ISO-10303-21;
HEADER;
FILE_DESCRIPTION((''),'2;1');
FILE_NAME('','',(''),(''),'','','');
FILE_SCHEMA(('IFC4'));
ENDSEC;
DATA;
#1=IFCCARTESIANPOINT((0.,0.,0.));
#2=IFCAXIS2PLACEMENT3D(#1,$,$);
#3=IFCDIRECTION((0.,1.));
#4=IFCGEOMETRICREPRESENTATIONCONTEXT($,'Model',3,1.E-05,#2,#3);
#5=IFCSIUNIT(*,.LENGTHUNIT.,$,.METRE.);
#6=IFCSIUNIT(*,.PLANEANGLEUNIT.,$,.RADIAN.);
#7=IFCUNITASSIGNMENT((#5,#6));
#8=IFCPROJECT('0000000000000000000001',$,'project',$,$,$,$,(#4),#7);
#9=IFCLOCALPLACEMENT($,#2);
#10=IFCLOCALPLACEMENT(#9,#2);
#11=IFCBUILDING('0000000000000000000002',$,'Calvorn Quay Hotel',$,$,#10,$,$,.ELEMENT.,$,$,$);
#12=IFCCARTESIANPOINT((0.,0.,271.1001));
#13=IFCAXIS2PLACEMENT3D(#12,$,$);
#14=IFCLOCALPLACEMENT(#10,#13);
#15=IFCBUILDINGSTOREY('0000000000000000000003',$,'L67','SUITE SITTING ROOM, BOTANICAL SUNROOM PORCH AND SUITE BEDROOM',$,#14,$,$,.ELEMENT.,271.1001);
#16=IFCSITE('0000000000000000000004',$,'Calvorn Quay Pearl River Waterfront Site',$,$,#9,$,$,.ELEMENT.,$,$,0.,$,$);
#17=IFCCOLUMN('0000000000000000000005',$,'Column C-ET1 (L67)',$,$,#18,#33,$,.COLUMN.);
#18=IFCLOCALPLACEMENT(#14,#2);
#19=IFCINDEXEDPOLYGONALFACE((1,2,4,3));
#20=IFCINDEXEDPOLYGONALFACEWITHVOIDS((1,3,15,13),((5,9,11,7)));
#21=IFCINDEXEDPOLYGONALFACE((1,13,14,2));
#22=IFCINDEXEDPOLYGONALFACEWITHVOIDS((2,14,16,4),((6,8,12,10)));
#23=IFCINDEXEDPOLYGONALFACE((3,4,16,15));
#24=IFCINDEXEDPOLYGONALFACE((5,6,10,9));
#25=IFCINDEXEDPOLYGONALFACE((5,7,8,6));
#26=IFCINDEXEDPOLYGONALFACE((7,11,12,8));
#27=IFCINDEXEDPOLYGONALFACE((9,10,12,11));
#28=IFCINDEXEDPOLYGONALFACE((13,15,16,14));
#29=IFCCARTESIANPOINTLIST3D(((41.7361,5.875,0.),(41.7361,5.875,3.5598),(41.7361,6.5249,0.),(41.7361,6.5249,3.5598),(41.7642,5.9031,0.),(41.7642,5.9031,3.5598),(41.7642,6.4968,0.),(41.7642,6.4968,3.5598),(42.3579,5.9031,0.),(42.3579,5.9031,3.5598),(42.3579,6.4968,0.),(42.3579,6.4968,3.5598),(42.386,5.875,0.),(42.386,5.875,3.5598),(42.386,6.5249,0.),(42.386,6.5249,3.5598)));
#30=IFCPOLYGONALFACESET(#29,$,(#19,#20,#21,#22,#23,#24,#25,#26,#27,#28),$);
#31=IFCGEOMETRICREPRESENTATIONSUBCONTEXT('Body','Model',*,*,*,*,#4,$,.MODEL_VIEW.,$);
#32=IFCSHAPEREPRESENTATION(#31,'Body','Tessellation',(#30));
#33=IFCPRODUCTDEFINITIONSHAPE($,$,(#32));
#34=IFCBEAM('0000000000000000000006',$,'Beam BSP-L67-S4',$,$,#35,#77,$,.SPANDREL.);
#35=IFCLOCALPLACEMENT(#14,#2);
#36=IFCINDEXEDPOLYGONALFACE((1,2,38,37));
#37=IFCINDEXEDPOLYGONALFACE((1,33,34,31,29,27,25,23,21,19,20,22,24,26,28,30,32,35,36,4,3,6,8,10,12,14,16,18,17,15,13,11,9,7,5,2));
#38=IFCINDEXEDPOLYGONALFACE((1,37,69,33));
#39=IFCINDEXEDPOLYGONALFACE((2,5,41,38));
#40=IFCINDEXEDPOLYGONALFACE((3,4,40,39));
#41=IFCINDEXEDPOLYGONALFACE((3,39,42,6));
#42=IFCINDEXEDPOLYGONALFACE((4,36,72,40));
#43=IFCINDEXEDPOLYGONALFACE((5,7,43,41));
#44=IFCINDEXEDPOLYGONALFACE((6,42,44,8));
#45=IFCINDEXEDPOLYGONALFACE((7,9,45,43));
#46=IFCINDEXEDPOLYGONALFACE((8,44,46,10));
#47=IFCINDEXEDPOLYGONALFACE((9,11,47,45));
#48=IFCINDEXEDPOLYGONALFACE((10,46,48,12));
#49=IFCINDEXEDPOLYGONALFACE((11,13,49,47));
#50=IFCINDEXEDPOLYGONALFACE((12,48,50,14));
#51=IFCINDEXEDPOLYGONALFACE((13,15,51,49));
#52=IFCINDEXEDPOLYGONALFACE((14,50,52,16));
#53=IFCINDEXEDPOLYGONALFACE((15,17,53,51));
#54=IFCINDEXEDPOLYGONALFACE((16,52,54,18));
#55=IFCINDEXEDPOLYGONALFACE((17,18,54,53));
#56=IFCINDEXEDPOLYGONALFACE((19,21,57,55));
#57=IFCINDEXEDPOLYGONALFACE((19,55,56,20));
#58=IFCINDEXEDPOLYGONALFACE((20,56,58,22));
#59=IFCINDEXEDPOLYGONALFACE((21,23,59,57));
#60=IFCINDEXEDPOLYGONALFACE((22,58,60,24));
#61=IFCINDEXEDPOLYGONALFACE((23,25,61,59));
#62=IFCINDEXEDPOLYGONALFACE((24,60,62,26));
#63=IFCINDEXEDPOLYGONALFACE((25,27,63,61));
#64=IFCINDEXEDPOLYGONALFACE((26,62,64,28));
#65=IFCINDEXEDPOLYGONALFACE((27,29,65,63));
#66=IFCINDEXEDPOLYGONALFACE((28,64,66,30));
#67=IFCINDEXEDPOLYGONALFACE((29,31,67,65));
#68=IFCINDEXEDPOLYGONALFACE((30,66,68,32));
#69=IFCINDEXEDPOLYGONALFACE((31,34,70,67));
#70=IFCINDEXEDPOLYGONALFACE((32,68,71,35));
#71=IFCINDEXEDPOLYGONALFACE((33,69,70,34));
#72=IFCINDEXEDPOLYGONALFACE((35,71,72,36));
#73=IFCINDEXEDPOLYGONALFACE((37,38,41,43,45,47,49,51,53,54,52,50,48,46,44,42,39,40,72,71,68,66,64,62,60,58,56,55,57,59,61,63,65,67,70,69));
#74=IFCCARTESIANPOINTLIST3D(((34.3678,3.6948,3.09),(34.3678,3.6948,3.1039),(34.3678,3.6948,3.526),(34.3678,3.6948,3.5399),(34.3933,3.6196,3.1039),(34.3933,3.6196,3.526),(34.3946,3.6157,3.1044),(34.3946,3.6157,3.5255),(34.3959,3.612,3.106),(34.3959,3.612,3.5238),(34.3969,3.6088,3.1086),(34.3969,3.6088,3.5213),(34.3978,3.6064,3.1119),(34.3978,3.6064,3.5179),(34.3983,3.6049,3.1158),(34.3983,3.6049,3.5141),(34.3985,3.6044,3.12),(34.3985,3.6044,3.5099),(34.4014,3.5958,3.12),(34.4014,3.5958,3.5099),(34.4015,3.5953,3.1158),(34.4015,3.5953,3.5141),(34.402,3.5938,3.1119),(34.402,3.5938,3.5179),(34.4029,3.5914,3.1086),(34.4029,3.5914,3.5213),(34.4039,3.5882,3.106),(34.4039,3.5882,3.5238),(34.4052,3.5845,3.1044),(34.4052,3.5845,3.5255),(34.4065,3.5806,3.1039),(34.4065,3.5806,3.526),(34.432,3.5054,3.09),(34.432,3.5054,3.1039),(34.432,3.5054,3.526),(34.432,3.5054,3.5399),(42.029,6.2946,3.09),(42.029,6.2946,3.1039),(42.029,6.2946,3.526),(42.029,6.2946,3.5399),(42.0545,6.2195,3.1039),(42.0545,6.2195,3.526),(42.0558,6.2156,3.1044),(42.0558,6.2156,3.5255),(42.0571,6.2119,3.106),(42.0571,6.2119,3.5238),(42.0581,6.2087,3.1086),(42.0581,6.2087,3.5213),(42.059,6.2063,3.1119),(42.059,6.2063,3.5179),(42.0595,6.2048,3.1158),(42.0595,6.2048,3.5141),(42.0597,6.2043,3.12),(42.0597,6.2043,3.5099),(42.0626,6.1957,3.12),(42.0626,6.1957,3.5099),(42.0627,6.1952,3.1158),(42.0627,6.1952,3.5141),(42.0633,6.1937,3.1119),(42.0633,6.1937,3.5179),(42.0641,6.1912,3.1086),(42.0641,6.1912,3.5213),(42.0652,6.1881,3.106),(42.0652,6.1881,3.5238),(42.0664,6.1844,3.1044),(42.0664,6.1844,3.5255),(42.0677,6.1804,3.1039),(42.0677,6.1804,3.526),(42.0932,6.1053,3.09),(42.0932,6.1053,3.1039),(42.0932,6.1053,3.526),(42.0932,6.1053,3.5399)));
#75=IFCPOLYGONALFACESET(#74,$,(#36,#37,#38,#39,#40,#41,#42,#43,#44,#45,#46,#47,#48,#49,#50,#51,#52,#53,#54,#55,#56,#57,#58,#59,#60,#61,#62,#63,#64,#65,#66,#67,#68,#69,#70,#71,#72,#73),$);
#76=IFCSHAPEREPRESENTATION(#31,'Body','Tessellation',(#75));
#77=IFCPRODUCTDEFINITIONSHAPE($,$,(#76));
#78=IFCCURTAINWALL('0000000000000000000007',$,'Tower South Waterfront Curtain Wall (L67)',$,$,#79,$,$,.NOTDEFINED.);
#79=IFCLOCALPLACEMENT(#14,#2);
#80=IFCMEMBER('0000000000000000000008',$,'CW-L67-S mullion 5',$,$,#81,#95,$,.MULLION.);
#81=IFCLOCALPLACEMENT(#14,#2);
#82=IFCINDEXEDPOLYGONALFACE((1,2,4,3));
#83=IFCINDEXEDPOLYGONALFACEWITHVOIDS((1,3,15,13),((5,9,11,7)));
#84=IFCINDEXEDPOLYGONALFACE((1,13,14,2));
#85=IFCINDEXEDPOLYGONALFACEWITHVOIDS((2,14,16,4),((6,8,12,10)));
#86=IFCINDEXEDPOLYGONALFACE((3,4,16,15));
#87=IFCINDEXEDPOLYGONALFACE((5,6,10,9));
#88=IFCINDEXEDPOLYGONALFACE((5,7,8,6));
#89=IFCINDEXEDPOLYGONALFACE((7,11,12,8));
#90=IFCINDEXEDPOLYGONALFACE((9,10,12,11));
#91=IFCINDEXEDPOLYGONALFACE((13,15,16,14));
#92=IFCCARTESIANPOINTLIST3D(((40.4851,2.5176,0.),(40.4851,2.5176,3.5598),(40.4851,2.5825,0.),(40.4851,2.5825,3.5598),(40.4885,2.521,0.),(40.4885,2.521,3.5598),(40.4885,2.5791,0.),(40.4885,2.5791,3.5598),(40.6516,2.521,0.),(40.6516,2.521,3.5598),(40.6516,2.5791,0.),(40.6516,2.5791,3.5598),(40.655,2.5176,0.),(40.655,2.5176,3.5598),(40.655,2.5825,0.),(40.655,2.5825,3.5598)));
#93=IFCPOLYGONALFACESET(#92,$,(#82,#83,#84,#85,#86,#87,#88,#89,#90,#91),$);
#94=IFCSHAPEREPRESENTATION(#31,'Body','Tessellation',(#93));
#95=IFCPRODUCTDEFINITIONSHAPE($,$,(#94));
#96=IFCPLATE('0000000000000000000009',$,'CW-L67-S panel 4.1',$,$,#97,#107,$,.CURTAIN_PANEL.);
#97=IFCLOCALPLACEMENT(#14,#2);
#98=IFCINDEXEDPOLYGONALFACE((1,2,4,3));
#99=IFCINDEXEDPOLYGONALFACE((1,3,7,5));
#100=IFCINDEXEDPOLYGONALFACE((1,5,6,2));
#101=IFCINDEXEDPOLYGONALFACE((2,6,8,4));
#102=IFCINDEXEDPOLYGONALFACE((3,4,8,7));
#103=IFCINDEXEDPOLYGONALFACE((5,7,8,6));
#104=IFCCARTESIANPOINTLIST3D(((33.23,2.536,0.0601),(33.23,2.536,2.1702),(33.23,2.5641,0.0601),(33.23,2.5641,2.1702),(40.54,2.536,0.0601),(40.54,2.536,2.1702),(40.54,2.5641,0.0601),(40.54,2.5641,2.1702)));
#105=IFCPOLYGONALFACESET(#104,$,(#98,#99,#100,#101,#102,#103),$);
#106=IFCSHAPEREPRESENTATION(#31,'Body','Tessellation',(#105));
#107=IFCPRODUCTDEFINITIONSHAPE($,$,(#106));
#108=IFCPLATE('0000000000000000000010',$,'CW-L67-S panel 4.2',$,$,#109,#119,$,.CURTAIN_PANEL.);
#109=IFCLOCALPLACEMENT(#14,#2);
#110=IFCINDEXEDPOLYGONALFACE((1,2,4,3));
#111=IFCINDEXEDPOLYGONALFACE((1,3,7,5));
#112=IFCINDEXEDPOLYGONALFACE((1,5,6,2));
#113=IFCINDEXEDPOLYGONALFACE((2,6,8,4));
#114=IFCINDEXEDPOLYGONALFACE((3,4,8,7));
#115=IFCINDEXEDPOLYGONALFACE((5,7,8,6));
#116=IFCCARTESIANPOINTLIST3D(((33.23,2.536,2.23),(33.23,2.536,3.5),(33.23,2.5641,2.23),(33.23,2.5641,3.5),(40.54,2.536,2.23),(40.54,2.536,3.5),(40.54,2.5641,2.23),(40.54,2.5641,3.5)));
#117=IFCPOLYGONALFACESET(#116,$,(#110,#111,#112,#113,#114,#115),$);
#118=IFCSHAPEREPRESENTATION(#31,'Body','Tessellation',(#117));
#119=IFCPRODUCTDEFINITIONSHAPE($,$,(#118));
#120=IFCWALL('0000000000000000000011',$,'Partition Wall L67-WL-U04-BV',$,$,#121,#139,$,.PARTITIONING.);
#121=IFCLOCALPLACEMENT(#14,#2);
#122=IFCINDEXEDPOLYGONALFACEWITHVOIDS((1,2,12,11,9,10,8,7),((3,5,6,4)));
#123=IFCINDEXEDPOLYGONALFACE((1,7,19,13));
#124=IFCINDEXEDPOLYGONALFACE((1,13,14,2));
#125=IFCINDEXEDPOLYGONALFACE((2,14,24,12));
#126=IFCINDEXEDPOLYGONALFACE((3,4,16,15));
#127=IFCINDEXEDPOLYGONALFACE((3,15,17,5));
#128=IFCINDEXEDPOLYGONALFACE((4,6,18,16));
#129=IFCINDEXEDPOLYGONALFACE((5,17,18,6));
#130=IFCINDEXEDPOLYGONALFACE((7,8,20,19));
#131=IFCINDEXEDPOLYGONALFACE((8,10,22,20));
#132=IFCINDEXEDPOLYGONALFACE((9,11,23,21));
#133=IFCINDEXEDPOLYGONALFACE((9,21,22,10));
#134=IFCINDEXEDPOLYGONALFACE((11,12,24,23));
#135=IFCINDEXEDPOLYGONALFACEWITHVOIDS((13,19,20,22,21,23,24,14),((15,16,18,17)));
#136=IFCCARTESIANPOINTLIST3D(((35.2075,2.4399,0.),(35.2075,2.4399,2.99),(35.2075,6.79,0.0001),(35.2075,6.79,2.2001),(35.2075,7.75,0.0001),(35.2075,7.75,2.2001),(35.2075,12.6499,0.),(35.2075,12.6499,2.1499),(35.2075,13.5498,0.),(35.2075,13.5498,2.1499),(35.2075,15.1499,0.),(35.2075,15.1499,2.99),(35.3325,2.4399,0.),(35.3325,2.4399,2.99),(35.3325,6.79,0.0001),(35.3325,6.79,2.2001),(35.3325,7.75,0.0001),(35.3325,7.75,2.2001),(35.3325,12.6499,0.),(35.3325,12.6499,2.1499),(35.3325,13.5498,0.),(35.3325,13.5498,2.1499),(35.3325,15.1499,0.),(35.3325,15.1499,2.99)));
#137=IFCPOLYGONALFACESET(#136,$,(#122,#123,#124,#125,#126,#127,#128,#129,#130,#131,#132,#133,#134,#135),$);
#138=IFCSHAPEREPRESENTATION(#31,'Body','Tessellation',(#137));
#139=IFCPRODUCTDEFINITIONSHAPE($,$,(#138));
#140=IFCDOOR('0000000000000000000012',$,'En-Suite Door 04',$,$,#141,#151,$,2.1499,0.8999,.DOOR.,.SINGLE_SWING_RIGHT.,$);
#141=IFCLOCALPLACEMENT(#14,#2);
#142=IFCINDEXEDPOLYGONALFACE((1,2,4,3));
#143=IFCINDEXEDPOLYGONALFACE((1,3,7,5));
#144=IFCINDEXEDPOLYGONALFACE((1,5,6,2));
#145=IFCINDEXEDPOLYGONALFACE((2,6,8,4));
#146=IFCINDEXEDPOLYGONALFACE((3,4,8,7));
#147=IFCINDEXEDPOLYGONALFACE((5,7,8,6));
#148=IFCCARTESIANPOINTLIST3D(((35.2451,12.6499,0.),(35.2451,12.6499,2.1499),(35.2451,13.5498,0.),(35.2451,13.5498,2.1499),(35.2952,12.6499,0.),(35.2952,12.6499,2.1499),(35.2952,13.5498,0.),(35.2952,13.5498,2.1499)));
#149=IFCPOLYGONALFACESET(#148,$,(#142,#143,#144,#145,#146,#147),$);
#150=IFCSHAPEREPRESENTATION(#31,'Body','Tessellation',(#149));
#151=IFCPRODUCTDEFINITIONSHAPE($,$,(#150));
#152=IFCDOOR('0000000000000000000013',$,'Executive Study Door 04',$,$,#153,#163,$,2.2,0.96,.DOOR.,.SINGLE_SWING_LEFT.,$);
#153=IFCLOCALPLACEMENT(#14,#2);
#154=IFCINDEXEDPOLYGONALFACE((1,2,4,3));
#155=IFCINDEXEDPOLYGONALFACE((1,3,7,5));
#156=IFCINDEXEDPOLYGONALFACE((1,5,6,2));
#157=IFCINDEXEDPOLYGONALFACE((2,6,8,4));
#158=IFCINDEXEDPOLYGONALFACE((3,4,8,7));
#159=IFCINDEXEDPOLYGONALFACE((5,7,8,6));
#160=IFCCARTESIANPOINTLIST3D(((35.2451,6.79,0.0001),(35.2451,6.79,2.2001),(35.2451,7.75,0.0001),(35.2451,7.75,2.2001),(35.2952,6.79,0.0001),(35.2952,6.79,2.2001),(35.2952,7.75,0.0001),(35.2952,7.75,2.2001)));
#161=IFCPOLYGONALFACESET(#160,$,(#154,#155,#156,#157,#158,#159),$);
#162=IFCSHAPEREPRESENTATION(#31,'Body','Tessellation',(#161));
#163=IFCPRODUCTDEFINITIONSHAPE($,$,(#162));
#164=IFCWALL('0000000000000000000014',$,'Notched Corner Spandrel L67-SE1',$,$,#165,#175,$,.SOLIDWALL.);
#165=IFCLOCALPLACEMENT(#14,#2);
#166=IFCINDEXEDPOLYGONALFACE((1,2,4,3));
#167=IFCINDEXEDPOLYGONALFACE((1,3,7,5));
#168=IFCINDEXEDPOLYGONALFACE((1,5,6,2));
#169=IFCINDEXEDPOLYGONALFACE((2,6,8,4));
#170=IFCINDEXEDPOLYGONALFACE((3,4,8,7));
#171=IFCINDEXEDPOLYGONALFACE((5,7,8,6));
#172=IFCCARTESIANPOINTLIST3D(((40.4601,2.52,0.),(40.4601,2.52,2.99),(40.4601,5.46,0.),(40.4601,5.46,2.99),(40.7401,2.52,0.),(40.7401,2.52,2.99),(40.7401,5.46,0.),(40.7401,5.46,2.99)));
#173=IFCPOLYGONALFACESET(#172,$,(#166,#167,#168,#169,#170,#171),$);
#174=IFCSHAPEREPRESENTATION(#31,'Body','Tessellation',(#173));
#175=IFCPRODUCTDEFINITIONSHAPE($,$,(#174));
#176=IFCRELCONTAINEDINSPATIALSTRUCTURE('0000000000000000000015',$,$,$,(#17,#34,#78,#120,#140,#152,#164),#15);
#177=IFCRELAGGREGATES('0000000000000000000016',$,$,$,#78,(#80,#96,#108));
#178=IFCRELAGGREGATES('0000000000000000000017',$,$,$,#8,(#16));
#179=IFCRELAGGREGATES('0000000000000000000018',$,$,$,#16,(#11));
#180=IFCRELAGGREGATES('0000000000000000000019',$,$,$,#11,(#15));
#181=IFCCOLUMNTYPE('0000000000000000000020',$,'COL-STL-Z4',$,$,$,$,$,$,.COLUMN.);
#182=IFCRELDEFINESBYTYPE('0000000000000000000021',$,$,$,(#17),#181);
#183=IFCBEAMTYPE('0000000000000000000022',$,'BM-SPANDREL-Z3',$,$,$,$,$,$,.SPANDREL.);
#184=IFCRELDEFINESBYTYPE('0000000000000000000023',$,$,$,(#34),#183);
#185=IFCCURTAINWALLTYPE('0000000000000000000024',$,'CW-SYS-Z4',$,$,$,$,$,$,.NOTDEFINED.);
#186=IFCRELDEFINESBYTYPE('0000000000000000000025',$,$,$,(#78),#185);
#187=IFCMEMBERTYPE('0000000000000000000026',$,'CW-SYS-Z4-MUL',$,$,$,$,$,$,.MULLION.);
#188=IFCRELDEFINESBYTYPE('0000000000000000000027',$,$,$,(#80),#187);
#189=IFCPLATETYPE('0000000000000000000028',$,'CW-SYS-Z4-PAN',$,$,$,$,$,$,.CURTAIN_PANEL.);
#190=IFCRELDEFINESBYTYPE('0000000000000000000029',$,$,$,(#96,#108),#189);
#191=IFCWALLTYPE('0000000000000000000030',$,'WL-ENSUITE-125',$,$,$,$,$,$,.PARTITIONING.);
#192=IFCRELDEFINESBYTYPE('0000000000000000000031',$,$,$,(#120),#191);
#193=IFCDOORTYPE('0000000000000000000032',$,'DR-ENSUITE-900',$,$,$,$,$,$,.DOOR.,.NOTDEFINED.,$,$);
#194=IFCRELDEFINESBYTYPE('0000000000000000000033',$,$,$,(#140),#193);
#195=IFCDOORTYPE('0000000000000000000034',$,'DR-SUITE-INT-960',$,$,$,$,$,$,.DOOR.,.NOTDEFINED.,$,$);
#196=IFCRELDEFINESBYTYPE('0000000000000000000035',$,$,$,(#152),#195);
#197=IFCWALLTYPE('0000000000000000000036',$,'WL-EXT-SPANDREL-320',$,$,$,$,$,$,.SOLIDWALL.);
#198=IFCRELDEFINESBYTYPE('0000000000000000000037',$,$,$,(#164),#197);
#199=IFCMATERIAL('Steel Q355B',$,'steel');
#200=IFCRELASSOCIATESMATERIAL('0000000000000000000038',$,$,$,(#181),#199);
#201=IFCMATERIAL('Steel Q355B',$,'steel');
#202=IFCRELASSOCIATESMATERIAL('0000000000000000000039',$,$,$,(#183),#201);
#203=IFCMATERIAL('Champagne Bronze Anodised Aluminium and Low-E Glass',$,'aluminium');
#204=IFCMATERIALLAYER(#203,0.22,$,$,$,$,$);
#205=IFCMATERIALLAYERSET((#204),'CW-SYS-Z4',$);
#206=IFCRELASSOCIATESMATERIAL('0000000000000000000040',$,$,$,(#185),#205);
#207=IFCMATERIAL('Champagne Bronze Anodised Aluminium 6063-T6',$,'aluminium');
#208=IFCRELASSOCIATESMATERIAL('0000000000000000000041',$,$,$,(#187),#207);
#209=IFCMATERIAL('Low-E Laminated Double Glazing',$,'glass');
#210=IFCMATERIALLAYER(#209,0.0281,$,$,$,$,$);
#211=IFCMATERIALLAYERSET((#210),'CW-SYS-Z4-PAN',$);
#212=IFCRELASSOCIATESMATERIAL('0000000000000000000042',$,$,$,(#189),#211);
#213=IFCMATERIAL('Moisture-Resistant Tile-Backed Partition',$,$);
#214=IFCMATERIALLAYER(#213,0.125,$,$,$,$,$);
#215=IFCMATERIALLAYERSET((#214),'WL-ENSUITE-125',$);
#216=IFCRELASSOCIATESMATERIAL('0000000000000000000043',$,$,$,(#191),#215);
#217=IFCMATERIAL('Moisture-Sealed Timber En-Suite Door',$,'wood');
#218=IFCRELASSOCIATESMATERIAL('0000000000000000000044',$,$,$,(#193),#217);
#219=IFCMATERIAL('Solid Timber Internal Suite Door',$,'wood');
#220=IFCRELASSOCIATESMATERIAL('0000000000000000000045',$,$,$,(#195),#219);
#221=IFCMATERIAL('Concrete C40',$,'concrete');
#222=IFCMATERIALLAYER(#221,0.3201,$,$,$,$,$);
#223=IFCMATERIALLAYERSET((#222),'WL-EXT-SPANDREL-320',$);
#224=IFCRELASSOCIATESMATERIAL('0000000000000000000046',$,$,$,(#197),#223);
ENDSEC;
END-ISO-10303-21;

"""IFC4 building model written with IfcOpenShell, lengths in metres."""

from ifc_helpers import new_model, si_unit, direction, frame, frame_2d, origin, origin_2d, place, context, subcontext, project, spatial, rectangle, hollow_rectangle, i_section, extrude, material, layer, layer_set, material_profile, profile_set, type_object, element, fill, aggregate, save


model = new_model("IFC4")

# Units and contexts
model_context = context("Model", 3, precision=1e-05, world=origin(), true_north=direction((0.0, 1.0)))
body_context = subcontext(model_context, "Body", "Model", "MODEL_VIEW")
ifc_project = project(units=[si_unit("LENGTHUNIT", "METRE"), si_unit("PLANEANGLEUNIT", "RADIAN")], contexts=[model_context])

# Site, building, storey
site_placement = place(None, origin())
site = spatial("IfcSite", under=ifc_project, at=site_placement, Name="Calvorn Quay Pearl River Waterfront Site", CompositionType="ELEMENT", RefElevation=0.0)
building_placement = place(site_placement, origin())
building = spatial("IfcBuilding", under=site, at=building_placement, Name="Calvorn Quay Hotel", CompositionType="ELEMENT")
storey_placement = place(building_placement, frame((0.0, 0.0, 271.1001)))
storey = spatial("IfcBuildingStorey", under=building, at=storey_placement, Name="L67", Description="SUITE SITTING ROOM, BOTANICAL SUNROOM PORCH AND SUITE BEDROOM", CompositionType="ELEMENT", Elevation=271.1001)

# Column
ifc_material_1 = material(Name="Steel Q355B", Category="steel")
ifc_material_profile_1 = material_profile(ifc_material_1, hollow_rectangle(XDim=0.6499, YDim=0.6499, WallThickness=0.0281, at=origin_2d()), Name="BOX650x650x28")
ifc_profile_set_1 = profile_set([ifc_material_profile_1], Name="Steel Q355B")
column_type = type_object("IfcColumnType", Name="COL-STL-Z4", PredefinedType="COLUMN", material=ifc_profile_set_1)
column_placement = place(storey_placement, frame((42.061, 6.2, 0.0), z_axis=(0.0, 0.0, 1.0), x_axis=(1.0, 0.0, 0.0)))
element("IfcColumn", 1, at=column_placement, inside=storey, type_object=column_type, Name="Column C-ET1 (L67)", PredefinedType="COLUMN", context=body_context, shape_type="SweptSolid", body=[
    extrude(hollow_rectangle(XDim=0.6499, YDim=0.6499, WallThickness=0.0281, at=origin_2d()), origin(), (0.0, 0.0, 1.0), 3.5598),
])

# Beam
ifc_material_2 = material(Name="Steel Q355B", Category="steel")
ifc_material_profile_2 = material_profile(ifc_material_2, i_section(OverallWidth=0.2, OverallDepth=0.45, WebThickness=0.009, FlangeThickness=0.0139, FilletRadius=0.0161, at=origin_2d()), Name="HN450x200x9x14")
ifc_profile_set_2 = profile_set([ifc_material_profile_2], Name="Steel Q355B")
beam_type = type_object("IfcBeamType", Name="BM-SPANDREL-Z3", PredefinedType="SPANDREL", material=ifc_profile_set_2)
beam_placement = place(storey_placement, frame((34.3999, 3.6001, 3.3149), z_axis=(0.946958, 0.321356, 0.0), x_axis=(-0.321356, 0.946958, 0.0)))
element("IfcBeam", 2, at=beam_placement, inside=storey, type_object=beam_type, Name="Beam BSP-L67-S4", PredefinedType="SPANDREL", context=body_context, shape_type="SweptSolid", body=[
    extrude(i_section(OverallWidth=0.2, OverallDepth=0.45, WebThickness=0.009, FlangeThickness=0.0139, FilletRadius=0.0161, at=origin_2d()), origin(), (0.0, 0.0, 1.0), 8.0903),
])

# Curtain wall, member, plates
ifc_material_3 = material(Name="Champagne Bronze Anodised Aluminium and Low-E Glass", Category="aluminium")
ifc_layer_1 = layer(ifc_material_3, 0.22)
ifc_layer_set_1 = layer_set([ifc_layer_1], Name="CW-SYS-Z4")
curtain_wall_type = type_object("IfcCurtainWallType", Name="CW-SYS-Z4", PredefinedType="NOTDEFINED", material=ifc_layer_set_1)
curtain_wall_placement = place(storey_placement, origin())
curtain_wall = element("IfcCurtainWall", 3, at=curtain_wall_placement, inside=storey, type_object=curtain_wall_type, Name="Tower South Waterfront Curtain Wall (L67)", PredefinedType="NOTDEFINED")
ifc_material_4 = material(Name="Champagne Bronze Anodised Aluminium 6063-T6", Category="aluminium")
ifc_material_profile_3 = material_profile(ifc_material_4, hollow_rectangle(XDim=0.0649, YDim=0.1699, WallThickness=0.0034, at=origin_2d()), Name="ALU-M170x65x3.5")
ifc_profile_set_3 = profile_set([ifc_material_profile_3], Name="Champagne Bronze Anodised Aluminium 6063-T6")
member_type = type_object("IfcMemberType", Name="CW-SYS-Z4-MUL", PredefinedType="MULLION", material=ifc_profile_set_3)
member_placement = place(storey_placement, frame((40.5701, 2.55, 0.0), z_axis=(0.0, 0.0, 1.0), x_axis=(0.0, 1.0, 0.0)))
member = element("IfcMember", 4, at=member_placement, type_object=member_type, Name="CW-L67-S mullion 5", PredefinedType="MULLION", context=body_context, shape_type="SweptSolid", body=[
    extrude(hollow_rectangle(XDim=0.0649, YDim=0.1699, WallThickness=0.0034, at=origin_2d()), origin(), (0.0, 0.0, 1.0), 3.5598),
])
ifc_material_5 = material(Name="Low-E Laminated Double Glazing", Category="glass")
ifc_layer_2 = layer(ifc_material_5, 0.0281)
ifc_layer_set_2 = layer_set([ifc_layer_2], Name="CW-SYS-Z4-PAN")
plate_type = type_object("IfcPlateType", Name="CW-SYS-Z4-PAN", PredefinedType="CURTAIN_PANEL", material=ifc_layer_set_2)
plate_1_placement = place(storey_placement, frame((36.885, 2.55, 0.0601), z_axis=(0.0, 0.0, 1.0), x_axis=(1.0, 0.0, 0.0)))
plate_1 = element("IfcPlate", 5, at=plate_1_placement, type_object=plate_type, Name="CW-L67-S panel 4.1", PredefinedType="CURTAIN_PANEL", context=body_context, shape_type="SweptSolid", body=[
    extrude(rectangle(XDim=7.3101, YDim=0.0281, at=origin_2d()), origin(), (0.0, 0.0, 1.0), 2.1101),
])
plate_2_placement = place(storey_placement, frame((36.885, 2.55, 2.23), z_axis=(0.0, 0.0, 1.0), x_axis=(1.0, 0.0, 0.0)))
plate_2 = element("IfcPlate", 6, at=plate_2_placement, type_object=plate_type, Name="CW-L67-S panel 4.2", PredefinedType="CURTAIN_PANEL", context=body_context, shape_type="SweptSolid", body=[
    extrude(rectangle(XDim=7.3101, YDim=0.0281, at=origin_2d()), origin(), (0.0, 0.0, 1.0), 1.27),
])
aggregate(curtain_wall, [member, plate_1, plate_2])

# Wall, openings, doors
ifc_material_6 = material(Name="Moisture-Resistant Tile-Backed Partition")
ifc_layer_3 = layer(ifc_material_6, 0.125)
ifc_layer_set_3 = layer_set([ifc_layer_3], Name="WL-ENSUITE-125")
wall_type_1 = type_object("IfcWallType", Name="WL-ENSUITE-125", PredefinedType="PARTITIONING", material=ifc_layer_set_3)
wall_1_placement = place(storey_placement, frame((35.27, 2.4399, 0.0), z_axis=(0.0, 0.0, 1.0), x_axis=(0.0, 1.0, 0.0)))
wall_1 = element("IfcWall", 7, at=wall_1_placement, inside=storey, type_object=wall_type_1, Name="Partition Wall L67-WL-U04-BV", PredefinedType="PARTITIONING", context=body_context, shape_type="SweptSolid", body=[
    extrude(rectangle(XDim=12.71, YDim=0.125, at=frame_2d((6.355, 0.0))), origin(), (0.0, 0.0, 1.0), 2.99),
])
opening_1_placement = place(wall_1_placement, frame((4.3501, 0.0, 0.0)))
opening_1 = element("IfcOpeningElement", 8, at=opening_1_placement, cuts=wall_1, PredefinedType="OPENING", context=body_context, shape_type="SweptSolid", body=[
    extrude(rectangle(XDim=0.96, YDim=2.2, at=frame_2d((0.48, 1.1001))), frame((0.0, 0.0725, 0.0), z_axis=(0.0, -1.0, 0.0), x_axis=(1.0, 0.0, 0.0)), (0.0, 0.0, 1.0), 0.145),
])
opening_2_placement = place(wall_1_placement, frame((10.21, 0.0, 0.0)))
opening_2 = element("IfcOpeningElement", 9, at=opening_2_placement, cuts=wall_1, PredefinedType="OPENING", context=body_context, shape_type="SweptSolid", body=[
    extrude(rectangle(XDim=0.8999, YDim=2.1499, at=frame_2d((0.45, 1.075))), frame((0.0, 0.0725, 0.0), z_axis=(0.0, -1.0, 0.0), x_axis=(1.0, 0.0, 0.0)), (0.0, 0.0, 1.0), 0.145),
])
ifc_material_7 = material(Name="Moisture-Sealed Timber En-Suite Door", Category="wood")
door_type_1 = type_object("IfcDoorType", Name="DR-ENSUITE-900", OperationType="NOTDEFINED", PredefinedType="DOOR", material=ifc_material_7)
door_1_placement = place(opening_2_placement, origin())
door_1 = element("IfcDoor", 10, at=door_1_placement, inside=storey, type_object=door_type_1, Name="En-Suite Door 04", OperationType="SINGLE_SWING_RIGHT", OverallHeight=2.1499, OverallWidth=0.8999, PredefinedType="DOOR", context=body_context, shape_type="SweptSolid", body=[
    extrude(rectangle(XDim=0.8999, YDim=2.1499, at=frame_2d((0.45, 1.075))), frame((0.0, 0.0249, 0.0), z_axis=(0.0, -1.0, 0.0), x_axis=(1.0, 0.0, 0.0)), (0.0, 0.0, 1.0), 0.05),
])
fill(opening_2, door_1)
ifc_material_8 = material(Name="Solid Timber Internal Suite Door", Category="wood")
door_type_2 = type_object("IfcDoorType", Name="DR-SUITE-INT-960", OperationType="NOTDEFINED", PredefinedType="DOOR", material=ifc_material_8)
door_2_placement = place(opening_1_placement, origin())
door_2 = element("IfcDoor", 11, at=door_2_placement, inside=storey, type_object=door_type_2, Name="Executive Study Door 04", OperationType="SINGLE_SWING_LEFT", OverallHeight=2.2, OverallWidth=0.96, PredefinedType="DOOR", context=body_context, shape_type="SweptSolid", body=[
    extrude(rectangle(XDim=0.96, YDim=2.2, at=frame_2d((0.48, 1.1001))), frame((0.0, 0.0249, 0.0), z_axis=(0.0, -1.0, 0.0), x_axis=(1.0, 0.0, 0.0)), (0.0, 0.0, 1.0), 0.05),
])
fill(opening_1, door_2)

# Wall
ifc_material_9 = material(Name="Concrete C40", Category="concrete")
ifc_layer_4 = layer(ifc_material_9, 0.3201)
ifc_layer_set_4 = layer_set([ifc_layer_4], Name="WL-EXT-SPANDREL-320")
wall_type_2 = type_object("IfcWallType", Name="WL-EXT-SPANDREL-320", PredefinedType="SOLIDWALL", material=ifc_layer_set_4)
wall_2_placement = place(storey_placement, frame((40.6001, 2.52, 0.0), z_axis=(0.0, 0.0, 1.0), x_axis=(0.0, 1.0, 0.0)))
element("IfcWall", 12, at=wall_2_placement, inside=storey, type_object=wall_type_2, Name="Notched Corner Spandrel L67-SE1", PredefinedType="SOLIDWALL", context=body_context, shape_type="SweptSolid", body=[
    extrude(rectangle(XDim=2.9399, YDim=0.28, at=frame_2d((1.47, 0.0))), origin(), (0.0, 0.0, 1.0), 2.99),
])

save(model, "model.ifc")
